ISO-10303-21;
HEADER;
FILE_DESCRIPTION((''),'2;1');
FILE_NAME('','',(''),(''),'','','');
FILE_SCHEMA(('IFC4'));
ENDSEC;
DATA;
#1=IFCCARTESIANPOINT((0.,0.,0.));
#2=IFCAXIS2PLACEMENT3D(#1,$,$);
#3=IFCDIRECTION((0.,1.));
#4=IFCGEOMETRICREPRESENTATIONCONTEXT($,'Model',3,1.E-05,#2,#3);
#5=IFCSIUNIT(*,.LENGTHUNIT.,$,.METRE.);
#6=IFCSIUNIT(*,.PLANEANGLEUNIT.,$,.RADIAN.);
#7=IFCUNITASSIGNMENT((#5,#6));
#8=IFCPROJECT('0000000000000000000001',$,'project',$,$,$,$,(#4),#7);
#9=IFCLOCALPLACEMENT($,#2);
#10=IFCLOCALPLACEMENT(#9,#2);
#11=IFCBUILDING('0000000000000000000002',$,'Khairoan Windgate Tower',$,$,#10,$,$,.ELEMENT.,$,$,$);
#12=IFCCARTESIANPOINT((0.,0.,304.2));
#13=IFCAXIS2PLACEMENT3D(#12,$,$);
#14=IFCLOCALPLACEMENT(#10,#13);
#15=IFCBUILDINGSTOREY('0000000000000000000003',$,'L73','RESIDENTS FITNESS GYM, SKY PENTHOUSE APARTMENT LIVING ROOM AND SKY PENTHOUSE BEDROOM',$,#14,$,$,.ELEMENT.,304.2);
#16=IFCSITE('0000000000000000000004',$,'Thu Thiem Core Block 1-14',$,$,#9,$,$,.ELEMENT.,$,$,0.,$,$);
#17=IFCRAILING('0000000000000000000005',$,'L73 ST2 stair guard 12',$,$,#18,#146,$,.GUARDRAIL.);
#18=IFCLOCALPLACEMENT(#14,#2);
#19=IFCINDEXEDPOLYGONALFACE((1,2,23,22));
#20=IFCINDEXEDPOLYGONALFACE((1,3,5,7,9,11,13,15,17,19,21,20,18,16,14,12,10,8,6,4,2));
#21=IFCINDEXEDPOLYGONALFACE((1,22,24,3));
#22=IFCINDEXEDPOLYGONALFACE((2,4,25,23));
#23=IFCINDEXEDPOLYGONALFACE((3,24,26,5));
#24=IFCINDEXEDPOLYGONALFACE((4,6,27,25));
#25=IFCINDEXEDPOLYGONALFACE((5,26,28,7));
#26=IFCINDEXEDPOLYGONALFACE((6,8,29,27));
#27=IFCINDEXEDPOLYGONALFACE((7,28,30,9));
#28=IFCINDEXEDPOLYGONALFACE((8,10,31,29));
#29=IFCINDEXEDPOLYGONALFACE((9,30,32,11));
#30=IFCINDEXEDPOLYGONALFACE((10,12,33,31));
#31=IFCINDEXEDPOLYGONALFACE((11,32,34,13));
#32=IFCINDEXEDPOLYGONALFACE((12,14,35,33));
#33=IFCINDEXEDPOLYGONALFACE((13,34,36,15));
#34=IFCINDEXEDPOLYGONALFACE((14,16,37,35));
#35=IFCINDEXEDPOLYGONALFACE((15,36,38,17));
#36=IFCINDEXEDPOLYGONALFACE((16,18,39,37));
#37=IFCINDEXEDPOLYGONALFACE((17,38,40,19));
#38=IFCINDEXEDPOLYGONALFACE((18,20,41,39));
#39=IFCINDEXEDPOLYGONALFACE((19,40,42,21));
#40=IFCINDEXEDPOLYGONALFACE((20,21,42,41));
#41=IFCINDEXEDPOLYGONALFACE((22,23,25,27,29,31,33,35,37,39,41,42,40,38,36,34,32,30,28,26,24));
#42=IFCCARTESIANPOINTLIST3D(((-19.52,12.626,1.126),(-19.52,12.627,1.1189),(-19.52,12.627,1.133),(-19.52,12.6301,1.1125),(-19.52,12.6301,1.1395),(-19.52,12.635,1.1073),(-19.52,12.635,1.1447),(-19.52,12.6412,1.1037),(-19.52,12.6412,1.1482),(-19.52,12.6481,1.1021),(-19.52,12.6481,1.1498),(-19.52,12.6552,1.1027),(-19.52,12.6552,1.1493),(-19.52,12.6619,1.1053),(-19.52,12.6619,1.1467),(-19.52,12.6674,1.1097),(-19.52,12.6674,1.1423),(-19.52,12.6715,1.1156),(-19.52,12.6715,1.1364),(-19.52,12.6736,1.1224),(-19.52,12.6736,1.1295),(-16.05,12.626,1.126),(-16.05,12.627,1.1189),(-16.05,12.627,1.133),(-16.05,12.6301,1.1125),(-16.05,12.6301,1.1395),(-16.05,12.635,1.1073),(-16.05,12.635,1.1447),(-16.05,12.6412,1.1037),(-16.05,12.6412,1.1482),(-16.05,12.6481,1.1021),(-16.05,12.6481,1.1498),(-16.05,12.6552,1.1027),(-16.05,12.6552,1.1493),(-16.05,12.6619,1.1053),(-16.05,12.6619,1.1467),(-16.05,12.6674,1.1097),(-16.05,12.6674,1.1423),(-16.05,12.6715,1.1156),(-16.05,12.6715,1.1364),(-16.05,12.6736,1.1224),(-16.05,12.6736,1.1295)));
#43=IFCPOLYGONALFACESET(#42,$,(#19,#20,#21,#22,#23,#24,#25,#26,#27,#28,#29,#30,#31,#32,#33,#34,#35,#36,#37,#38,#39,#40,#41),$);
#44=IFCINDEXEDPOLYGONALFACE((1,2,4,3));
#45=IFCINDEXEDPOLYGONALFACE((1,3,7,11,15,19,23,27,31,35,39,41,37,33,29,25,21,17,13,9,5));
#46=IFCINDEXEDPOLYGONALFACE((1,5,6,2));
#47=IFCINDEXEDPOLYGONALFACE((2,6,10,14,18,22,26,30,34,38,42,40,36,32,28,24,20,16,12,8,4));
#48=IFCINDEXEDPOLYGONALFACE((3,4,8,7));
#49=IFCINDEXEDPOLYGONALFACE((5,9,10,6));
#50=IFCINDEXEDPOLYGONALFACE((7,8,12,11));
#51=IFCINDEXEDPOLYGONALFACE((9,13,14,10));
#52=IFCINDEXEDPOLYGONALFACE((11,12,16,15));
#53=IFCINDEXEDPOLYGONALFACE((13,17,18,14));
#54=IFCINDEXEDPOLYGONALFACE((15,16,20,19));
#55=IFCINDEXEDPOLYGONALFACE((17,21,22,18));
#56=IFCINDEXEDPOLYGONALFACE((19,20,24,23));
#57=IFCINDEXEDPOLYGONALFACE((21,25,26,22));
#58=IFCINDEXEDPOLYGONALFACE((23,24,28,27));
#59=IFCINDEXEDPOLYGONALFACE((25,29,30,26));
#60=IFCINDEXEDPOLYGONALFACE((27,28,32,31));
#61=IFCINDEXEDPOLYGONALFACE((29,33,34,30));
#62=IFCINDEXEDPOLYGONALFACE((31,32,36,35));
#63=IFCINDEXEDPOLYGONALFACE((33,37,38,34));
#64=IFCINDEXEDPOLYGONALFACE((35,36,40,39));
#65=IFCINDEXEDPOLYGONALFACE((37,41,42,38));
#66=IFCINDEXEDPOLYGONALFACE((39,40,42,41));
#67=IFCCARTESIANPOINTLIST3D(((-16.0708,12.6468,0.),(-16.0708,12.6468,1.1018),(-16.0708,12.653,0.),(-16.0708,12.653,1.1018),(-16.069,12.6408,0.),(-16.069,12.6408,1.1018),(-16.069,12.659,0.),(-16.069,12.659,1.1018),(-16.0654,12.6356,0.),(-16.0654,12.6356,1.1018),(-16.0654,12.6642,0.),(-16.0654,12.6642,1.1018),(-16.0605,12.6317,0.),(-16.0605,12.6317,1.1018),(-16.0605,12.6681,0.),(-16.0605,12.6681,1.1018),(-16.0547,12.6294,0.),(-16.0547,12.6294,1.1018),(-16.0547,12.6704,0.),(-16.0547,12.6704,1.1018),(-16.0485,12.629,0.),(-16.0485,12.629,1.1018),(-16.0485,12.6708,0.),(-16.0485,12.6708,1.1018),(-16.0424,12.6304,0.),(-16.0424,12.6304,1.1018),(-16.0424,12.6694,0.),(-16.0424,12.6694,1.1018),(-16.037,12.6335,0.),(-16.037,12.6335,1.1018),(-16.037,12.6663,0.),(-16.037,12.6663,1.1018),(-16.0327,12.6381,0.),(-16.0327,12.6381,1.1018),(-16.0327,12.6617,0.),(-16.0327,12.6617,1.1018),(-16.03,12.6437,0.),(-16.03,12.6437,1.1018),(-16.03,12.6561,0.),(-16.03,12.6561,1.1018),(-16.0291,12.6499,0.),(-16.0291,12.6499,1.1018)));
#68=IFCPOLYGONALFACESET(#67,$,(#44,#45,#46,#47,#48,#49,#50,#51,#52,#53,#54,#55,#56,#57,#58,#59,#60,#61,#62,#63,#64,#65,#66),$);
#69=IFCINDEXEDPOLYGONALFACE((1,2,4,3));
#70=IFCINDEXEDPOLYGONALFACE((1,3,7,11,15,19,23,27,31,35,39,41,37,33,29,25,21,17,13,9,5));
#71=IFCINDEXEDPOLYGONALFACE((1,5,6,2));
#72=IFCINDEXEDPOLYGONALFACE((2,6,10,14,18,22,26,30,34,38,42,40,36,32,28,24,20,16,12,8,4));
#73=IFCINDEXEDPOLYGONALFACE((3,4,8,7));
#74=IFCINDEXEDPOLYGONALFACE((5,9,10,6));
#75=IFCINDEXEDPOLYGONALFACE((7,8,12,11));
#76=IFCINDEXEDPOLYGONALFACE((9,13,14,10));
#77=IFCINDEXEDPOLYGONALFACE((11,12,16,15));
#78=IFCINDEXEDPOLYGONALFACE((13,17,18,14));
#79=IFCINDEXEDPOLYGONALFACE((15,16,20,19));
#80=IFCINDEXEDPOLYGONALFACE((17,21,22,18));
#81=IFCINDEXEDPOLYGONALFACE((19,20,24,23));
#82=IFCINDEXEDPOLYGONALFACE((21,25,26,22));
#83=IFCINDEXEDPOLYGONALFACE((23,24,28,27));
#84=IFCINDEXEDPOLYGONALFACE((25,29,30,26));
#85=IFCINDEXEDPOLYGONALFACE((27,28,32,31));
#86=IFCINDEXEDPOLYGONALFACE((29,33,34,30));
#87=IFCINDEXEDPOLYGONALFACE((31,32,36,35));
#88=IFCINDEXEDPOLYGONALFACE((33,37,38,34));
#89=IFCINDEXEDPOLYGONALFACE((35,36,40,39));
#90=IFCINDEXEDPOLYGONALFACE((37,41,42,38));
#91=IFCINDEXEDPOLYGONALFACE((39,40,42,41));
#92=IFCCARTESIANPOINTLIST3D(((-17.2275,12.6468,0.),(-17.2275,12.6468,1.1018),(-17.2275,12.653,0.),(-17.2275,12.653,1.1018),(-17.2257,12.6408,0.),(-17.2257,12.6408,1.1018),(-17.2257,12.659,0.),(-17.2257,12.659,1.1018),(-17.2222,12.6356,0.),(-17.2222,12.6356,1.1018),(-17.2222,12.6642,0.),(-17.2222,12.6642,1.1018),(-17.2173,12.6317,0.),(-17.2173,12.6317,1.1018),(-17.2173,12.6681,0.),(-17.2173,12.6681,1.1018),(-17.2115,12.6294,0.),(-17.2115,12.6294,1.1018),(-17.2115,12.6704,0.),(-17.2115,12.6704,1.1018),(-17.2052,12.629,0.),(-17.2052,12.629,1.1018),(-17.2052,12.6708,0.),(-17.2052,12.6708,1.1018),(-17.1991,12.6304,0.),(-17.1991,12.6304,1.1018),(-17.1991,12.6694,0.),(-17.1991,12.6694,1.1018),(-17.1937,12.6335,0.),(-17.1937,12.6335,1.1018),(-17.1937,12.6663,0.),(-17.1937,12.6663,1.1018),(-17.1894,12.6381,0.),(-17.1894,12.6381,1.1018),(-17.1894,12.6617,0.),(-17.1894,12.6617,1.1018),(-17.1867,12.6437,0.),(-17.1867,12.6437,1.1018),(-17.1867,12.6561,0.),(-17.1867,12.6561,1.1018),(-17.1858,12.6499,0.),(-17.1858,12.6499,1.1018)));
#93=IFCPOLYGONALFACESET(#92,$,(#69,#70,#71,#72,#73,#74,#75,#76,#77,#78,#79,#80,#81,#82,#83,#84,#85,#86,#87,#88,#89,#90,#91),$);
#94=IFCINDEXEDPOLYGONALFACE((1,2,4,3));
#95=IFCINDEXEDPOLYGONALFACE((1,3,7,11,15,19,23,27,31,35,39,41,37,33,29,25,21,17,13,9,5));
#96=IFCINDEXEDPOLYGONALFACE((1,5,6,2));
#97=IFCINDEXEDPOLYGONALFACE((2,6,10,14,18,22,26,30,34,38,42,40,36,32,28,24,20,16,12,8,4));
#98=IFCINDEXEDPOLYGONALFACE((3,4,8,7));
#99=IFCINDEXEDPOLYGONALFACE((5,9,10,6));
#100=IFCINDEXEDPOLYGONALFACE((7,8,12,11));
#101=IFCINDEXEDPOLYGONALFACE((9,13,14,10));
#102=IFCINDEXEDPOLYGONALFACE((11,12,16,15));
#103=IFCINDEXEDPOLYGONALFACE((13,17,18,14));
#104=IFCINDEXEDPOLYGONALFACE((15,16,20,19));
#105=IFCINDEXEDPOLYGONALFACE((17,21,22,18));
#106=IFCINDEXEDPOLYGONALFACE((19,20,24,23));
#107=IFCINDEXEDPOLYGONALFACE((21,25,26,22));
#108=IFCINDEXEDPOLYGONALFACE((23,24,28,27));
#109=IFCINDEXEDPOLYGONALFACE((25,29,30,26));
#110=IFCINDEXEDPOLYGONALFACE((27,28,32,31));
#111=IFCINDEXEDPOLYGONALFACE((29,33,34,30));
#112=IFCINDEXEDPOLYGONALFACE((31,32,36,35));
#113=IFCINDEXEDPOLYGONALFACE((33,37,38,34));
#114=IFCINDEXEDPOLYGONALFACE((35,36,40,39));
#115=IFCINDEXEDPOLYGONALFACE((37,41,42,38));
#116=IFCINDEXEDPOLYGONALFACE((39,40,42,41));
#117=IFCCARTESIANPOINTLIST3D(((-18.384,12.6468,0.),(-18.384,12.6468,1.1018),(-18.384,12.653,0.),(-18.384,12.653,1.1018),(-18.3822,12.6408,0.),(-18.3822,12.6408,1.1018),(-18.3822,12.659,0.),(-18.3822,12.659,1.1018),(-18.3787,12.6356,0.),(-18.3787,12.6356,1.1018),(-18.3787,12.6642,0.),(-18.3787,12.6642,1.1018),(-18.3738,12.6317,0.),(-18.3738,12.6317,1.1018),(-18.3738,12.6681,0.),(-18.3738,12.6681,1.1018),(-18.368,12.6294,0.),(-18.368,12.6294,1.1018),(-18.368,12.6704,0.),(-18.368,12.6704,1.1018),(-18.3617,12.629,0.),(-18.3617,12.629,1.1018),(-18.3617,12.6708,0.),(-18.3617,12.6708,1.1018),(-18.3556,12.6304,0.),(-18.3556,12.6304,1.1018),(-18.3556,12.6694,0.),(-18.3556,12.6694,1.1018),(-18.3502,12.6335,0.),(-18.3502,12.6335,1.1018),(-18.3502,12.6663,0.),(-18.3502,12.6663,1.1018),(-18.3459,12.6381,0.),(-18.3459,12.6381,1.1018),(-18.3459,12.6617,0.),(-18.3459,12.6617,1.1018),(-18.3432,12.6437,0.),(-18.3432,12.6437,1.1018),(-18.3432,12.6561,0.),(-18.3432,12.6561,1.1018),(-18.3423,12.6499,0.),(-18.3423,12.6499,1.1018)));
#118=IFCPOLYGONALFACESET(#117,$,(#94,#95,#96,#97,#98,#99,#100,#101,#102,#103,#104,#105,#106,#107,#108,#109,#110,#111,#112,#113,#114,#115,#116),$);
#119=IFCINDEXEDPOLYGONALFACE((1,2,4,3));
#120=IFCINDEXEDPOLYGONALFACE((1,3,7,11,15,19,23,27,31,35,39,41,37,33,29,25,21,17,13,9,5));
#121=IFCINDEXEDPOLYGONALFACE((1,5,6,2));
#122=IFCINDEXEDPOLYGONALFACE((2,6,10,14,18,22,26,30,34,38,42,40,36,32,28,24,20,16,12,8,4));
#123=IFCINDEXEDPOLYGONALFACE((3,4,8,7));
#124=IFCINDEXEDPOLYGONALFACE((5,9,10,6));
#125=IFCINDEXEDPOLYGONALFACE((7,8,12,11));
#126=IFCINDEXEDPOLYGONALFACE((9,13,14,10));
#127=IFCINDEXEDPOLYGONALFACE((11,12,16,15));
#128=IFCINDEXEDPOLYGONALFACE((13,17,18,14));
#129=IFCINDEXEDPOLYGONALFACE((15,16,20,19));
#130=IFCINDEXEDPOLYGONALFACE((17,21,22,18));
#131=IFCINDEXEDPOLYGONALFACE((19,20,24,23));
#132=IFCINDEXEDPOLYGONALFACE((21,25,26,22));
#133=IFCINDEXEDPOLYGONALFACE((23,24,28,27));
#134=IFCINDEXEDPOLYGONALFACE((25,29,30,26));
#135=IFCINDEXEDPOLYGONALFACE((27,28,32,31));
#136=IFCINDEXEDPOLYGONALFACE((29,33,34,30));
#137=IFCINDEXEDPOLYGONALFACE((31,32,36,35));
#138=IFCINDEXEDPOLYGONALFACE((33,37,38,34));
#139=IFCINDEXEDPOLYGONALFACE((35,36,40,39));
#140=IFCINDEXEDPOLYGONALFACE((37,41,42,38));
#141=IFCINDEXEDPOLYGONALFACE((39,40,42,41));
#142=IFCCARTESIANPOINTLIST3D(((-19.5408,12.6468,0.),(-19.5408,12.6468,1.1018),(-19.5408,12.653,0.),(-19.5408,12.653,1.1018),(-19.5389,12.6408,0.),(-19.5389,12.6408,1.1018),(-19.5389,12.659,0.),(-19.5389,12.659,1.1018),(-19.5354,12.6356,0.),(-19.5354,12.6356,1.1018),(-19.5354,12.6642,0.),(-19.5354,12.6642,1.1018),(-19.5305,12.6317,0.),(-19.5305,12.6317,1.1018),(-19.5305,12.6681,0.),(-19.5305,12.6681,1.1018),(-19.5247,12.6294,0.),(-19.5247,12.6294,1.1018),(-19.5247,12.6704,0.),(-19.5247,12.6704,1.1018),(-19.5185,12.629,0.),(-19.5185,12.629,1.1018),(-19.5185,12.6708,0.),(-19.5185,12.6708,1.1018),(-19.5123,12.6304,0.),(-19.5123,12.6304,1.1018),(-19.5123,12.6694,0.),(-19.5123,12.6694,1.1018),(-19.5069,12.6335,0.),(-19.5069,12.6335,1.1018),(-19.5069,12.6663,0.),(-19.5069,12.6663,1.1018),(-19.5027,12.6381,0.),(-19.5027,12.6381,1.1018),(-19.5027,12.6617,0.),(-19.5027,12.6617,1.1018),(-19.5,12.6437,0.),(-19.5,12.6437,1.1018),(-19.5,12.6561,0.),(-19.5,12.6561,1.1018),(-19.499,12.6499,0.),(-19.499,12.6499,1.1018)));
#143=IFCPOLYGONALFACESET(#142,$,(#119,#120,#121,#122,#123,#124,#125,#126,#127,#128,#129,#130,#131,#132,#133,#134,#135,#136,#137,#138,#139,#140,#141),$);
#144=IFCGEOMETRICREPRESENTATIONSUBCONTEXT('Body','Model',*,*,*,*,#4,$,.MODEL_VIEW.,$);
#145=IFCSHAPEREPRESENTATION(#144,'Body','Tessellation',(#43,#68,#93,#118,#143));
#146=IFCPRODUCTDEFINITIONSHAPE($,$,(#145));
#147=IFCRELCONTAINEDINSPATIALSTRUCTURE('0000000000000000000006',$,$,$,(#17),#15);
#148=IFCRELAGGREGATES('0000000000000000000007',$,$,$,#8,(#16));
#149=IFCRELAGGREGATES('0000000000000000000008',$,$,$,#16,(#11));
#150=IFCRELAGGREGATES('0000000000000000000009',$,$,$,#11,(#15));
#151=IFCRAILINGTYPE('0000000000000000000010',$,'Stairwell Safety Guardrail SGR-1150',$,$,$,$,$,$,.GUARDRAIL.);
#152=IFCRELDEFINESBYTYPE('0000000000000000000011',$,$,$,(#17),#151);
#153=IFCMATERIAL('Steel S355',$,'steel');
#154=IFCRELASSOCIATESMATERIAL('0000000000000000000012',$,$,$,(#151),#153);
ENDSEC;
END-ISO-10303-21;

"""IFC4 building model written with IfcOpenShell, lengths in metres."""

from ifc_helpers import new_model, si_unit, direction, frame, origin, origin_2d, place, context, subcontext, project, spatial, circle, extrude, material, type_object, element, save


model = new_model("IFC4")

# Units and contexts
model_context = context("Model", 3, precision=1e-05, world=origin(), true_north=direction((0.0, 1.0)))
body_context = subcontext(model_context, "Body", "Model", "MODEL_VIEW")
ifc_project = project(units=[si_unit("LENGTHUNIT", "METRE"), si_unit("PLANEANGLEUNIT", "RADIAN")], contexts=[model_context])

# Site, building, storey
site_placement = place(None, origin())
site = spatial("IfcSite", under=ifc_project, at=site_placement, Name="Thu Thiem Core Block 1-14", CompositionType="ELEMENT", RefElevation=0.0)
building_placement = place(site_placement, origin())
building = spatial("IfcBuilding", under=site, at=building_placement, Name="Khairoan Windgate Tower", CompositionType="ELEMENT")
storey_placement = place(building_placement, frame((0.0, 0.0, 304.2)))
storey = spatial("IfcBuildingStorey", under=building, at=storey_placement, Name="L73", Description="RESIDENTS FITNESS GYM, SKY PENTHOUSE APARTMENT LIVING ROOM AND SKY PENTHOUSE BEDROOM", CompositionType="ELEMENT", Elevation=304.2)

# Railing
ifc_material_1 = material(Name="Steel S355", Category="steel")
railing_type = type_object("IfcRailingType", Name="Stairwell Safety Guardrail SGR-1150", PredefinedType="GUARDRAIL", material=ifc_material_1)
railing_1_placement = place(storey_placement, frame((-16.05, 12.6499, 0.0)))
element("IfcRailing", 1, at=railing_1_placement, inside=storey, type_object=railing_type, Name="L73 ST2 stair guard 12", PredefinedType="GUARDRAIL", context=body_context, shape_type="SweptSolid", body=[
    extrude(circle(Radius=0.0239, at=origin_2d()), frame((0.0, 0.0, 1.126), z_axis=(-1.0, 0.0, 0.0), x_axis=(0.0, -1.0, 0.0)), (0.0, 0.0, 1.0), 3.47),
    extrude(circle(Radius=0.021, at=origin_2d()), origin(), (0.0, 0.0, 1.0), 1.1018),
    extrude(circle(Radius=0.021, at=origin_2d()), frame((-1.1567, 0.0, 0.0)), (0.0, 0.0, 1.0), 1.1018),
    extrude(circle(Radius=0.021, at=origin_2d()), frame((-2.3132, 0.0, 0.0)), (0.0, 0.0, 1.0), 1.1018),
    extrude(circle(Radius=0.021, at=origin_2d()), frame((-3.47, 0.0, 0.0)), (0.0, 0.0, 1.0), 1.1018),
])

save(model, "model.ifc")
